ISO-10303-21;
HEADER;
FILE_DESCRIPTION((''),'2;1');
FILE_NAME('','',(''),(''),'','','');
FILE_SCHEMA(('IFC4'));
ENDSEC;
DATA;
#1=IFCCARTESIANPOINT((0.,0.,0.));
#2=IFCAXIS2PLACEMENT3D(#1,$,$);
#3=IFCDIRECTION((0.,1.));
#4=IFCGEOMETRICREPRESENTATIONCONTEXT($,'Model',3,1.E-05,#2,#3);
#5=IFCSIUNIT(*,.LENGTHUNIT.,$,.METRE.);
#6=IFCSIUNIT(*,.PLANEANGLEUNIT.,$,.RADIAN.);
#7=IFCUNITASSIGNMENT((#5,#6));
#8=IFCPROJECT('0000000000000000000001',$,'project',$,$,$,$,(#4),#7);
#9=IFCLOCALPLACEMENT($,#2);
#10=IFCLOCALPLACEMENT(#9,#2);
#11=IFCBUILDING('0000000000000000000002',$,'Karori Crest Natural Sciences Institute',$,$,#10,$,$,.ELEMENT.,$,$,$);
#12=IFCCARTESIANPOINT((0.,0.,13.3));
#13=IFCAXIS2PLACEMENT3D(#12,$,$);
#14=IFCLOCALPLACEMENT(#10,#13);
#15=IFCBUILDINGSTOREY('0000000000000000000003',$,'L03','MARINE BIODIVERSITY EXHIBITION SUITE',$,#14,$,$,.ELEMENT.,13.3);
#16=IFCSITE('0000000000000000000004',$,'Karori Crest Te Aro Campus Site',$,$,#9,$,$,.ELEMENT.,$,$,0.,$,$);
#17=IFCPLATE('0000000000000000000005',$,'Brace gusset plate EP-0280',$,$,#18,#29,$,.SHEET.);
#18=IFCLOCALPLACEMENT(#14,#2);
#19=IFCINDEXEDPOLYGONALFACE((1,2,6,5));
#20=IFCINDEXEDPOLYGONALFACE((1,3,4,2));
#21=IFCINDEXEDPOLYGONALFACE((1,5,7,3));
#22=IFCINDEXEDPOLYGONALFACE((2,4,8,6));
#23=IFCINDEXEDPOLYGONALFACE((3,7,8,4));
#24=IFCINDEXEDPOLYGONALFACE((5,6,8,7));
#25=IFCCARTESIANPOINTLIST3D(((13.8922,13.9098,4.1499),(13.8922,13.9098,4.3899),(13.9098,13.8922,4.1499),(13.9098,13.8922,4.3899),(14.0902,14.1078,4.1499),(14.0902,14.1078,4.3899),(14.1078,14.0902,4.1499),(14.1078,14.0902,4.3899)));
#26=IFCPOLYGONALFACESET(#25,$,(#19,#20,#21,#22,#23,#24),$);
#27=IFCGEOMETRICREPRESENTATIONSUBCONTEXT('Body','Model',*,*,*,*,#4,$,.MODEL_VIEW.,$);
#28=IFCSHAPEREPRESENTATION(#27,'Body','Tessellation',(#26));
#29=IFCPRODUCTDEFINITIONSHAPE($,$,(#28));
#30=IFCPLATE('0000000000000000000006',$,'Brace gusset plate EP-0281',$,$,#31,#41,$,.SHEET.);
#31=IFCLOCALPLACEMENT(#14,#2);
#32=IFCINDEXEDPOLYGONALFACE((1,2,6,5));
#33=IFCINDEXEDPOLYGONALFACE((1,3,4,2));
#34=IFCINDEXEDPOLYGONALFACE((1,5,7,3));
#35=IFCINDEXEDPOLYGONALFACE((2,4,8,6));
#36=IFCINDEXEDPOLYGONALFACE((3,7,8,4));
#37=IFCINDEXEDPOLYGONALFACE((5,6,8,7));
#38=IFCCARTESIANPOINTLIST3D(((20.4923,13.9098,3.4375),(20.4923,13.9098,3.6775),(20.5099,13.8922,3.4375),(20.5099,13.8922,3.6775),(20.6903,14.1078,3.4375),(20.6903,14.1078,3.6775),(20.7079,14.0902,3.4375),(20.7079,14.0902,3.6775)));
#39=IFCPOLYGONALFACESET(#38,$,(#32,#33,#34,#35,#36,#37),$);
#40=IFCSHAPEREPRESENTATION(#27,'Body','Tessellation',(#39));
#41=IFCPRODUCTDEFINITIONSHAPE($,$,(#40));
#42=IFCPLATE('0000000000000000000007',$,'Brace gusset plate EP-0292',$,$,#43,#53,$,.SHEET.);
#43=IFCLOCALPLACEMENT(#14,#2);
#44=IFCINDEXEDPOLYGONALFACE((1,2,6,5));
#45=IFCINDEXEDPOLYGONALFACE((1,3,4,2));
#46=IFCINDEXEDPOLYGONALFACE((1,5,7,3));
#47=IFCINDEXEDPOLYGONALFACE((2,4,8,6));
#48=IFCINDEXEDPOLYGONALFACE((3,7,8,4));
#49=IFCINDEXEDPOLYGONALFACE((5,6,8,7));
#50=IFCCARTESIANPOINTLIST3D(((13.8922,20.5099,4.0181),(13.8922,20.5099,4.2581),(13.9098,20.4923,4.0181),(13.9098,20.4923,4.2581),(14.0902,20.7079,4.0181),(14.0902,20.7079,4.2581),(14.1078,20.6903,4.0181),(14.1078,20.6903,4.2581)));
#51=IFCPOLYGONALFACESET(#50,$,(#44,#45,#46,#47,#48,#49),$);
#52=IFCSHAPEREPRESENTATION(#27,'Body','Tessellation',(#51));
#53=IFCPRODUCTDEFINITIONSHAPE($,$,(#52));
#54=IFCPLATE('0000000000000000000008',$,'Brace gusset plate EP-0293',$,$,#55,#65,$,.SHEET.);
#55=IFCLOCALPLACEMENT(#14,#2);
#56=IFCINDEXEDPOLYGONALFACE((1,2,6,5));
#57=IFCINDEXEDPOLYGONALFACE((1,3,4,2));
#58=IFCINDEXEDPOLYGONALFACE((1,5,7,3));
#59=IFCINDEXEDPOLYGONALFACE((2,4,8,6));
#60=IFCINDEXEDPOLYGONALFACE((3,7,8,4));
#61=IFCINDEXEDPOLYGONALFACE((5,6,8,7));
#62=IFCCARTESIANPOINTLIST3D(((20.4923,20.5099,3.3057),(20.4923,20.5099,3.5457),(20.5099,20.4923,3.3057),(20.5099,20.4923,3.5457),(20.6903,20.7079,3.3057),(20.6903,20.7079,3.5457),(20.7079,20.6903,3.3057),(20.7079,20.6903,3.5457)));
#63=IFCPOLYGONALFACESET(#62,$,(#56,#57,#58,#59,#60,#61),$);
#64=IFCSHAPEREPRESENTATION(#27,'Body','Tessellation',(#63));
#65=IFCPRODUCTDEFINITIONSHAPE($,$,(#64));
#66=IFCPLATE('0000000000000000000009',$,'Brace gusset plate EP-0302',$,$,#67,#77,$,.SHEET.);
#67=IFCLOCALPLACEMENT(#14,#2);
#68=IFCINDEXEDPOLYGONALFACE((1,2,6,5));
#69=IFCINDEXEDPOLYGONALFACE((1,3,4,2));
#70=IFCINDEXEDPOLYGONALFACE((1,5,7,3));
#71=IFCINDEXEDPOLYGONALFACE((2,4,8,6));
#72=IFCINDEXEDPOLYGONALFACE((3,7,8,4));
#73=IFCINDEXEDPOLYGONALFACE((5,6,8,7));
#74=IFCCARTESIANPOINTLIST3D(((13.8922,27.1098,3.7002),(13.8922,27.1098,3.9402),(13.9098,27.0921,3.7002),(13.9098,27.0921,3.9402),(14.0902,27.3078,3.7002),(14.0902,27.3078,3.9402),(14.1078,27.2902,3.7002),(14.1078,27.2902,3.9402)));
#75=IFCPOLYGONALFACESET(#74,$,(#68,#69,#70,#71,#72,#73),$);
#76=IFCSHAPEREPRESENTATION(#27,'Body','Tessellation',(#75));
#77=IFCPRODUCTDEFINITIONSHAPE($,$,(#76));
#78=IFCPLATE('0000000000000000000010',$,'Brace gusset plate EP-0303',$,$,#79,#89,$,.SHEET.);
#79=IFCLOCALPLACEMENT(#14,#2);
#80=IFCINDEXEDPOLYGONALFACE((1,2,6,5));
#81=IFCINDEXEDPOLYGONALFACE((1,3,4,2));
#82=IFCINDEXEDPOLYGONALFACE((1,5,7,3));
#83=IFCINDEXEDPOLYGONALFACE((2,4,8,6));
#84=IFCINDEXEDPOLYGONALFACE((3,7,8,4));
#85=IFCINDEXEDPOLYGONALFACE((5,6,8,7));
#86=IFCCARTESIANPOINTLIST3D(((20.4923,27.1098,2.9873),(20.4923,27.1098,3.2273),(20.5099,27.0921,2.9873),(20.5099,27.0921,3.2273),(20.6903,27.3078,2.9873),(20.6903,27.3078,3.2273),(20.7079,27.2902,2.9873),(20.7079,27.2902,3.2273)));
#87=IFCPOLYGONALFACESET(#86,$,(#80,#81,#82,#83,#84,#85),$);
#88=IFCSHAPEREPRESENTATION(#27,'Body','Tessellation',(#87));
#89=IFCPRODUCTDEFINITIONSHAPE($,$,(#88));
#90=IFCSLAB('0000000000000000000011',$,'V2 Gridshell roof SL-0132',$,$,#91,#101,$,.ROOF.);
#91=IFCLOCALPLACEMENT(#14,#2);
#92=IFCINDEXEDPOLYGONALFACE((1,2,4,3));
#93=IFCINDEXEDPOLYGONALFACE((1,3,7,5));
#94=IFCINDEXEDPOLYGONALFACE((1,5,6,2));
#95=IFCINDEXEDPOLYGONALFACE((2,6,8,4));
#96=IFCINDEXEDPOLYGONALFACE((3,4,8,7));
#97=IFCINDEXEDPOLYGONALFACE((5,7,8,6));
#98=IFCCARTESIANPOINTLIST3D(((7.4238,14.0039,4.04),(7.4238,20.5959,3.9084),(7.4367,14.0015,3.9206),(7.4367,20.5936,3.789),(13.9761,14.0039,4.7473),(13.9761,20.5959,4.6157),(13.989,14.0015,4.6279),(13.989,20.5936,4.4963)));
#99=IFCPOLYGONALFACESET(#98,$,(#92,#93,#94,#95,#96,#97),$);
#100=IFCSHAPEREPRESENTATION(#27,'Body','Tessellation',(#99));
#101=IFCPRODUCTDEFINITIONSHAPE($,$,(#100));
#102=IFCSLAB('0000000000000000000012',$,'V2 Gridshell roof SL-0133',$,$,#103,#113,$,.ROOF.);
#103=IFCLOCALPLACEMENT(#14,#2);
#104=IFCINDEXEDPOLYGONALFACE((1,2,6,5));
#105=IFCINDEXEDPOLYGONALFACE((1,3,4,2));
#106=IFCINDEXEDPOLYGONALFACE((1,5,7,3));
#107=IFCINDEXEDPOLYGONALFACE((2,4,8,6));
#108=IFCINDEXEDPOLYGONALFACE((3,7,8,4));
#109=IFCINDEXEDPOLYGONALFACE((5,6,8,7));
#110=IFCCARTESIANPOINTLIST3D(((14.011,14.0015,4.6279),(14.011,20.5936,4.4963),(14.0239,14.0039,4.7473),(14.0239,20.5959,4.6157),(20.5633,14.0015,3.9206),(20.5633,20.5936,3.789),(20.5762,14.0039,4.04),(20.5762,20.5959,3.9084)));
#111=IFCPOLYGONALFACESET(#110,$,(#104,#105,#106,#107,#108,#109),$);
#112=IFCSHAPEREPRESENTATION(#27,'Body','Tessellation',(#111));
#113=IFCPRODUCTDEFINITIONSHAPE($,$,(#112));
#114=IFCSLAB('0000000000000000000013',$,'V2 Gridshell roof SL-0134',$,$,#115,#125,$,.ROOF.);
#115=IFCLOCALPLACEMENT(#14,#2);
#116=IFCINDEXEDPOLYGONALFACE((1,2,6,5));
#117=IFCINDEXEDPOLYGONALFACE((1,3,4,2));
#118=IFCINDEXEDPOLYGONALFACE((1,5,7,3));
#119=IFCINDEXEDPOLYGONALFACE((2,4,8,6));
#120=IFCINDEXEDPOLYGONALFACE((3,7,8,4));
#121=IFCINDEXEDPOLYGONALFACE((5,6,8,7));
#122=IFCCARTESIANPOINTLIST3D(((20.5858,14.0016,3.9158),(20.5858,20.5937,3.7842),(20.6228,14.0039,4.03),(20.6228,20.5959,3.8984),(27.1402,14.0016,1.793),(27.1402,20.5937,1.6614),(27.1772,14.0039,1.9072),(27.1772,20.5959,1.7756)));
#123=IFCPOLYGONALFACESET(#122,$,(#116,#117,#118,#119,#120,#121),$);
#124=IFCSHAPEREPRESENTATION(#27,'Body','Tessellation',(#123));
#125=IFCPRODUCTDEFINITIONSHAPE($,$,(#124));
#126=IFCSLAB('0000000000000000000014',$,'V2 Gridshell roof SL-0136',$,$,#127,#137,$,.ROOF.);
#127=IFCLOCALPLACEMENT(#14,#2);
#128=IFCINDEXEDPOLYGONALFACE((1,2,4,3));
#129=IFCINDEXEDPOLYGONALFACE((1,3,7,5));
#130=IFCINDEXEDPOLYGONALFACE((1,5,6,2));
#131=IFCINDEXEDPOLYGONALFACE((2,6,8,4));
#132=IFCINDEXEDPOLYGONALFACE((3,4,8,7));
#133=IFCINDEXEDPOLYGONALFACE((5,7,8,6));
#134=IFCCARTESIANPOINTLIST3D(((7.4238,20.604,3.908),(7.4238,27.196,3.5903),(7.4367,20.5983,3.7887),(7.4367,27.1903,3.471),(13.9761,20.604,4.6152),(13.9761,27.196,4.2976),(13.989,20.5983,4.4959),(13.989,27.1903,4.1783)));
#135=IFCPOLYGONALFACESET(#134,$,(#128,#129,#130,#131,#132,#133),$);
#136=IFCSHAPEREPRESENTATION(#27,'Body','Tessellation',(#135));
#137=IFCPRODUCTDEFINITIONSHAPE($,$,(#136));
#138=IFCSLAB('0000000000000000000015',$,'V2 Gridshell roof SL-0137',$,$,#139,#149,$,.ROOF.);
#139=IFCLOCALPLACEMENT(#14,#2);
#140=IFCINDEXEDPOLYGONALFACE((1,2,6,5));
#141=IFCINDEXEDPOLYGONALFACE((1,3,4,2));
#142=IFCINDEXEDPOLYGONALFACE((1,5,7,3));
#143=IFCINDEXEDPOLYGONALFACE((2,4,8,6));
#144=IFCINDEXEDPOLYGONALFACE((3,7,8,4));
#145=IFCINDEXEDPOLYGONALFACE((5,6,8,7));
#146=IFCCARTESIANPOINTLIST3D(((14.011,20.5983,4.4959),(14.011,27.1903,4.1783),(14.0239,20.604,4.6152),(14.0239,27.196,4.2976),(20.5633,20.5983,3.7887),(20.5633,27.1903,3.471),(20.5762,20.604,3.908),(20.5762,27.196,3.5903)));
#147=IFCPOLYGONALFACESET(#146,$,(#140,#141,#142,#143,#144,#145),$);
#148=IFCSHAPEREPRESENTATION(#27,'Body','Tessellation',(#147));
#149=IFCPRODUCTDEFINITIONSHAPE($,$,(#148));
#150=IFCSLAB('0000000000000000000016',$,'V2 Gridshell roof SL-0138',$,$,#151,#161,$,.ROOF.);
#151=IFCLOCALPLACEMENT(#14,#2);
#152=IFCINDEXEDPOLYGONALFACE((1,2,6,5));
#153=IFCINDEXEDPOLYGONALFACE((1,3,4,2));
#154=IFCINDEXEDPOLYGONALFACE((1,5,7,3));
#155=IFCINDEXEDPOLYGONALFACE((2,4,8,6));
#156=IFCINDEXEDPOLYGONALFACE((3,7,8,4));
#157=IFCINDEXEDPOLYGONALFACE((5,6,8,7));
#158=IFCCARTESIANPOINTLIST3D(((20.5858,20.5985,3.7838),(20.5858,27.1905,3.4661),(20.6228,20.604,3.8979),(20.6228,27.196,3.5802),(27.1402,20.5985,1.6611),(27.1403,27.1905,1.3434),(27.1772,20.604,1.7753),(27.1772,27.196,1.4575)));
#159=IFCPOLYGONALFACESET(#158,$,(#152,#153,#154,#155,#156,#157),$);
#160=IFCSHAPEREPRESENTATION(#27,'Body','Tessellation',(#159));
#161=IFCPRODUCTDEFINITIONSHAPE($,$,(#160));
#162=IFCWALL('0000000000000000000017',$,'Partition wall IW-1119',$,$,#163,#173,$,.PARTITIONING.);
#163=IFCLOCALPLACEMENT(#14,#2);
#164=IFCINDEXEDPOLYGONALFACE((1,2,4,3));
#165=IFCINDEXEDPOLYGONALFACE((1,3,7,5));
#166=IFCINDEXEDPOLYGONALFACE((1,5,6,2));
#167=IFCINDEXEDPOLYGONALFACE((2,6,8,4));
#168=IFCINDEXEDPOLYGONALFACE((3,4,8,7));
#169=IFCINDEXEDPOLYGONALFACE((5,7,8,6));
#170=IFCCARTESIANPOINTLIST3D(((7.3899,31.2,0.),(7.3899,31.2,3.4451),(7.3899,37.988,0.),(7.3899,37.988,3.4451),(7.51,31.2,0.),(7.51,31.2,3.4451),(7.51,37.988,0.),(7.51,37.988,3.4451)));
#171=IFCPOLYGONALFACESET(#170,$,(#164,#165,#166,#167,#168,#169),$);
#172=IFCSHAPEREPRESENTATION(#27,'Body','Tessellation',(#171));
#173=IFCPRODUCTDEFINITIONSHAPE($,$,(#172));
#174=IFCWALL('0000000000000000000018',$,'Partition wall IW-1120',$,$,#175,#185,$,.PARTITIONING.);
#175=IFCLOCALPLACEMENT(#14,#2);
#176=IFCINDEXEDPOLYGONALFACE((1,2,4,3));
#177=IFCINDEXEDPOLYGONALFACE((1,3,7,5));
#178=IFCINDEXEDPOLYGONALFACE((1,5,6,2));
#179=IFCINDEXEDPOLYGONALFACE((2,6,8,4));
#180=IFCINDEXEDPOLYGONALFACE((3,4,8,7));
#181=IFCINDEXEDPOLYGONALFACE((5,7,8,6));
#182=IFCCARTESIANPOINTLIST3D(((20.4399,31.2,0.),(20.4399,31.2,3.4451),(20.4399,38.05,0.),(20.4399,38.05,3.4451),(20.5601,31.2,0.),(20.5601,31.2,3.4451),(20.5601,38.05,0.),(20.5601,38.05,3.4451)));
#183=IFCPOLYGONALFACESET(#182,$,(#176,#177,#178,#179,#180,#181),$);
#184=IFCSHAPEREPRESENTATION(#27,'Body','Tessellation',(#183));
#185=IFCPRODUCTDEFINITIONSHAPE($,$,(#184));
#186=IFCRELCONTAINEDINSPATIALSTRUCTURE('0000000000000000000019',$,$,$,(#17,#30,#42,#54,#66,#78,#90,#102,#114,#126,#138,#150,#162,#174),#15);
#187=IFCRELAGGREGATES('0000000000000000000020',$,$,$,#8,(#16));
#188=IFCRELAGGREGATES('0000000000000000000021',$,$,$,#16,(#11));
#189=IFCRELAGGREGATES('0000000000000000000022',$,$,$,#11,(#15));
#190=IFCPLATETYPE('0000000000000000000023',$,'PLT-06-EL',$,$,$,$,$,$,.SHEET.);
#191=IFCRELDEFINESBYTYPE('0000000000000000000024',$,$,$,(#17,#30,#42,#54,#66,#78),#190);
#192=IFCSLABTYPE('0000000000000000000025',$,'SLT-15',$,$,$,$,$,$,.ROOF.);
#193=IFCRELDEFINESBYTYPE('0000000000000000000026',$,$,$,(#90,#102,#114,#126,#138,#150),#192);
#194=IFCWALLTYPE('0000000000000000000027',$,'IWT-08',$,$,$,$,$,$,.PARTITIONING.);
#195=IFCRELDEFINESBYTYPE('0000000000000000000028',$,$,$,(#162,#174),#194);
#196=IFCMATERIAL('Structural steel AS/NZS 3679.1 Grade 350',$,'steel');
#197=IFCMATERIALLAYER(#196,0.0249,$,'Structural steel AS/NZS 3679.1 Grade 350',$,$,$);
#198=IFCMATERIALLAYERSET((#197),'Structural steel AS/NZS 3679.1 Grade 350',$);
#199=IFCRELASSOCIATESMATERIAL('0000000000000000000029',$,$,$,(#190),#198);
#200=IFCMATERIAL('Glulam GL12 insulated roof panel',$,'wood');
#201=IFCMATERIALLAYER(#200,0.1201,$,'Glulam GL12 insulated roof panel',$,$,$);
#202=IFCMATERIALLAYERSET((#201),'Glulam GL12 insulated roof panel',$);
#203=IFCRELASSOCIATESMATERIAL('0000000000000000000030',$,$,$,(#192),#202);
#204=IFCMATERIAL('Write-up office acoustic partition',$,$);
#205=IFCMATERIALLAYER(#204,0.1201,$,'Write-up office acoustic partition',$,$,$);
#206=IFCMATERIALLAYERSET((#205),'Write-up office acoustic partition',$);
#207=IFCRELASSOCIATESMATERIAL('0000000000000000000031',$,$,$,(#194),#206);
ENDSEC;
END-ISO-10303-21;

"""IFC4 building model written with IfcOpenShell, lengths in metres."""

from ifc_helpers import new_model, si_unit, direction, frame, frame_2d, origin, origin_2d, place, context, subcontext, project, spatial, polyline, rectangle, outline, extrude, material, layer, layer_set, type_object, element, save


model = new_model("IFC4")

# Units and contexts
model_context = context("Model", 3, precision=1e-05, world=origin(), true_north=direction((0.0, 1.0)))
body_context = subcontext(model_context, "Body", "Model", "MODEL_VIEW")
ifc_project = project(units=[si_unit("LENGTHUNIT", "METRE"), si_unit("PLANEANGLEUNIT", "RADIAN")], contexts=[model_context])

# Site, building, storey
site_placement = place(None, origin())
site = spatial("IfcSite", under=ifc_project, at=site_placement, Name="Karori Crest Te Aro Campus Site", CompositionType="ELEMENT", RefElevation=0.0)
building_placement = place(site_placement, origin())
building = spatial("IfcBuilding", under=site, at=building_placement, Name="Karori Crest Natural Sciences Institute", CompositionType="ELEMENT")
storey_placement = place(building_placement, frame((0.0, 0.0, 13.3)))
storey = spatial("IfcBuildingStorey", under=building, at=storey_placement, Name="L03", Description="MARINE BIODIVERSITY EXHIBITION SUITE", CompositionType="ELEMENT", Elevation=13.3)

# Shared definitions
ifc_material_1 = material(Name="Structural steel AS/NZS 3679.1 Grade 350", Category="steel")

# Plates
ifc_layer_1 = layer(ifc_material_1, 0.0249, Name="Structural steel AS/NZS 3679.1 Grade 350")
ifc_layer_set_1 = layer_set([ifc_layer_1], Name="Structural steel AS/NZS 3679.1 Grade 350")
plate_type_1 = type_object("IfcPlateType", Name="PLT-06-EL", PredefinedType="SHEET", material=ifc_layer_set_1)
for number, where, z_axis, x_axis, name in (
    (1, (14.0, 14.0, 4.1499), (0.0, 0.0, 1.0), (0.707107, 0.707107, 0.0), "Brace gusset plate EP-0280"),
    (2, (20.6001, 14.0, 3.4375), (0.0, 0.0, 1.0), (0.707107, 0.707107, 0.0), "Brace gusset plate EP-0281"),
    (3, (14.0, 20.6001, 4.0181), (0.0, 0.0, 1.0), (0.707107, 0.707107, 0.0), "Brace gusset plate EP-0292"),
    (4, (20.6001, 20.6001, 3.3057), (0.0, 0.0, 1.0), (0.707107, 0.707107, 0.0), "Brace gusset plate EP-0293"),
    (5, (14.0, 27.2, 3.7002), (0.0, 0.0, 1.0), (0.707107, 0.707107, 0.0), "Brace gusset plate EP-0302"),
    (6, (20.6001, 27.2, 2.9873), (0.0, 0.0, 1.0), (0.707107, 0.707107, 0.0), "Brace gusset plate EP-0303"),
):
    element("IfcPlate", number, at=place(storey_placement, frame(where, z_axis=z_axis, x_axis=x_axis)), inside=storey, type_object=plate_type_1, Name=name, PredefinedType="SHEET", context=body_context, shape_type="SweptSolid", body=[
        extrude(rectangle(XDim=0.28, YDim=0.0249, at=origin_2d()), origin(), (0.0, 0.0, 1.0), 0.24),
    ])

# Slabs
ifc_material_2 = material(Name="Glulam GL12 insulated roof panel", Category="wood")
ifc_layer_2 = layer(ifc_material_2, 0.1201, Name="Glulam GL12 insulated roof panel")
ifc_layer_set_2 = layer_set([ifc_layer_2], Name="Glulam GL12 insulated roof panel")
slab_type = type_object("IfcSlabType", Name="SLT-15", PredefinedType="ROOF", material=ifc_layer_set_2)
slab_1_placement = place(storey_placement, frame((7.4238, 14.0039, 4.04), z_axis=(-0.107299, 0.019843, 0.994029), x_axis=(0.994224, 0.0, 0.107321)))
element("IfcSlab", 7, at=slab_1_placement, inside=storey, type_object=slab_type, Name="V2 Gridshell roof SL-0132", PredefinedType="ROOF", context=body_context, shape_type="SweptSolid", body=[
    extrude(outline(polyline([(0.0, 0.0), (6.5903, 0.0), (6.5762, 6.5933), (-0.0141, 6.5933), (0.0, 0.0)])), origin(), (0.0, 0.0, -1.0), 0.1201),
])
slab_2_placement = place(storey_placement, frame((14.0239, 14.0039, 4.7473), z_axis=(0.107299, 0.019843, 0.994029), x_axis=(0.994224, 0.0, -0.107321)))
element("IfcSlab", 8, at=slab_2_placement, inside=storey, type_object=slab_type, Name="V2 Gridshell roof SL-0133", PredefinedType="ROOF", context=body_context, shape_type="SweptSolid", body=[
    extrude(outline(polyline([(0.0, 0.0), (6.5903, 0.0), (6.6044, 6.5933), (0.0141, 6.5933), (0.0, 0.0)])), origin(), (0.0, 0.0, -1.0), 0.1201),
])
slab_3_placement = place(storey_placement, frame((20.6228, 14.0039, 4.03), z_axis=(0.30806, 0.018988, 0.951177), x_axis=(0.951349, 0.0, -0.308116)))
element("IfcSlab", 9, at=slab_3_placement, inside=storey, type_object=slab_type, Name="V2 Gridshell roof SL-0134", PredefinedType="ROOF", context=body_context, shape_type="SweptSolid", body=[
    extrude(outline(polyline([(0.0, 0.0), (6.8896, 0.0), (6.9302, 6.5932), (0.0405, 6.5932), (0.0, 0.0)])), origin(), (0.0, 0.0, -1.0), 0.1201),
])
slab_4_placement = place(storey_placement, frame((7.4238, 20.604, 3.908), z_axis=(-0.107198, 0.04785, 0.993086), x_axis=(0.994224, 0.0, 0.107321)))
element("IfcSlab", 10, at=slab_4_placement, inside=storey, type_object=slab_type, Name="V2 Gridshell roof SL-0136", PredefinedType="ROOF", context=body_context, shape_type="SweptSolid", body=[
    extrude(outline(polyline([(0.0, 0.0), (6.5903, 0.0), (6.5562, 6.5996), (-0.0341, 6.5996), (0.0, 0.0)])), origin(), (0.0, 0.0, -1.0), 0.1201),
])
slab_5_placement = place(storey_placement, frame((14.0239, 20.604, 4.6152), z_axis=(0.107198, 0.04785, 0.993086), x_axis=(0.994224, 0.0, -0.107321)))
element("IfcSlab", 11, at=slab_5_placement, inside=storey, type_object=slab_type, Name="V2 Gridshell roof SL-0137", PredefinedType="ROOF", context=body_context, shape_type="SweptSolid", body=[
    extrude(outline(polyline([(0.0, 0.0), (6.5903, 0.0), (6.6244, 6.5996), (0.0341, 6.5996), (0.0, 0.0)])), origin(), (0.0, 0.0, -1.0), 0.1201),
])
slab_6_placement = place(storey_placement, frame((20.6228, 20.604, 3.8979), z_axis=(0.307776, 0.045809, 0.950355), x_axis=(0.951354, -0.000001, -0.3081)))
element("IfcSlab", 12, at=slab_6_placement, inside=storey, type_object=slab_type, Name="V2 Gridshell roof SL-0138", PredefinedType="ROOF", context=body_context, shape_type="SweptSolid", body=[
    extrude(outline(polyline([(0.0, 0.0), (6.8896, 0.0), (6.9875, 6.599), (0.0979, 6.599), (0.0, 0.0)])), origin(), (0.0, 0.0, -1.0), 0.1201),
])

# Walls
ifc_material_3 = material(Name="Write-up office acoustic partition")
ifc_layer_3 = layer(ifc_material_3, 0.1201, Name="Write-up office acoustic partition")
ifc_layer_set_3 = layer_set([ifc_layer_3], Name="Write-up office acoustic partition")
wall_type = type_object("IfcWallType", Name="IWT-08", PredefinedType="PARTITIONING", material=ifc_layer_set_3)
wall_1_placement = place(storey_placement, frame((7.45, 31.2, 0.0), z_axis=(0.0, 0.0, 1.0), x_axis=(0.0, 1.0, 0.0)))
element("IfcWall", 13, at=wall_1_placement, inside=storey, type_object=wall_type, Name="Partition wall IW-1119", PredefinedType="PARTITIONING", context=body_context, shape_type="SweptSolid", body=[
    extrude(rectangle(XDim=6.7881, YDim=0.1201, at=frame_2d((3.394, 0.0))), origin(), (0.0, 0.0, 1.0), 3.4451),
])
wall_2_placement = place(storey_placement, frame((20.5, 31.2, 0.0), z_axis=(0.0, 0.0, 1.0), x_axis=(0.0, 1.0, 0.0)))
element("IfcWall", 14, at=wall_2_placement, inside=storey, type_object=wall_type, Name="Partition wall IW-1120", PredefinedType="PARTITIONING", context=body_context, shape_type="SweptSolid", body=[
    extrude(rectangle(XDim=6.8501, YDim=0.1201, at=frame_2d((3.425, 0.0))), origin(), (0.0, 0.0, 1.0), 3.4451),
])

save(model, "model.ifc")
